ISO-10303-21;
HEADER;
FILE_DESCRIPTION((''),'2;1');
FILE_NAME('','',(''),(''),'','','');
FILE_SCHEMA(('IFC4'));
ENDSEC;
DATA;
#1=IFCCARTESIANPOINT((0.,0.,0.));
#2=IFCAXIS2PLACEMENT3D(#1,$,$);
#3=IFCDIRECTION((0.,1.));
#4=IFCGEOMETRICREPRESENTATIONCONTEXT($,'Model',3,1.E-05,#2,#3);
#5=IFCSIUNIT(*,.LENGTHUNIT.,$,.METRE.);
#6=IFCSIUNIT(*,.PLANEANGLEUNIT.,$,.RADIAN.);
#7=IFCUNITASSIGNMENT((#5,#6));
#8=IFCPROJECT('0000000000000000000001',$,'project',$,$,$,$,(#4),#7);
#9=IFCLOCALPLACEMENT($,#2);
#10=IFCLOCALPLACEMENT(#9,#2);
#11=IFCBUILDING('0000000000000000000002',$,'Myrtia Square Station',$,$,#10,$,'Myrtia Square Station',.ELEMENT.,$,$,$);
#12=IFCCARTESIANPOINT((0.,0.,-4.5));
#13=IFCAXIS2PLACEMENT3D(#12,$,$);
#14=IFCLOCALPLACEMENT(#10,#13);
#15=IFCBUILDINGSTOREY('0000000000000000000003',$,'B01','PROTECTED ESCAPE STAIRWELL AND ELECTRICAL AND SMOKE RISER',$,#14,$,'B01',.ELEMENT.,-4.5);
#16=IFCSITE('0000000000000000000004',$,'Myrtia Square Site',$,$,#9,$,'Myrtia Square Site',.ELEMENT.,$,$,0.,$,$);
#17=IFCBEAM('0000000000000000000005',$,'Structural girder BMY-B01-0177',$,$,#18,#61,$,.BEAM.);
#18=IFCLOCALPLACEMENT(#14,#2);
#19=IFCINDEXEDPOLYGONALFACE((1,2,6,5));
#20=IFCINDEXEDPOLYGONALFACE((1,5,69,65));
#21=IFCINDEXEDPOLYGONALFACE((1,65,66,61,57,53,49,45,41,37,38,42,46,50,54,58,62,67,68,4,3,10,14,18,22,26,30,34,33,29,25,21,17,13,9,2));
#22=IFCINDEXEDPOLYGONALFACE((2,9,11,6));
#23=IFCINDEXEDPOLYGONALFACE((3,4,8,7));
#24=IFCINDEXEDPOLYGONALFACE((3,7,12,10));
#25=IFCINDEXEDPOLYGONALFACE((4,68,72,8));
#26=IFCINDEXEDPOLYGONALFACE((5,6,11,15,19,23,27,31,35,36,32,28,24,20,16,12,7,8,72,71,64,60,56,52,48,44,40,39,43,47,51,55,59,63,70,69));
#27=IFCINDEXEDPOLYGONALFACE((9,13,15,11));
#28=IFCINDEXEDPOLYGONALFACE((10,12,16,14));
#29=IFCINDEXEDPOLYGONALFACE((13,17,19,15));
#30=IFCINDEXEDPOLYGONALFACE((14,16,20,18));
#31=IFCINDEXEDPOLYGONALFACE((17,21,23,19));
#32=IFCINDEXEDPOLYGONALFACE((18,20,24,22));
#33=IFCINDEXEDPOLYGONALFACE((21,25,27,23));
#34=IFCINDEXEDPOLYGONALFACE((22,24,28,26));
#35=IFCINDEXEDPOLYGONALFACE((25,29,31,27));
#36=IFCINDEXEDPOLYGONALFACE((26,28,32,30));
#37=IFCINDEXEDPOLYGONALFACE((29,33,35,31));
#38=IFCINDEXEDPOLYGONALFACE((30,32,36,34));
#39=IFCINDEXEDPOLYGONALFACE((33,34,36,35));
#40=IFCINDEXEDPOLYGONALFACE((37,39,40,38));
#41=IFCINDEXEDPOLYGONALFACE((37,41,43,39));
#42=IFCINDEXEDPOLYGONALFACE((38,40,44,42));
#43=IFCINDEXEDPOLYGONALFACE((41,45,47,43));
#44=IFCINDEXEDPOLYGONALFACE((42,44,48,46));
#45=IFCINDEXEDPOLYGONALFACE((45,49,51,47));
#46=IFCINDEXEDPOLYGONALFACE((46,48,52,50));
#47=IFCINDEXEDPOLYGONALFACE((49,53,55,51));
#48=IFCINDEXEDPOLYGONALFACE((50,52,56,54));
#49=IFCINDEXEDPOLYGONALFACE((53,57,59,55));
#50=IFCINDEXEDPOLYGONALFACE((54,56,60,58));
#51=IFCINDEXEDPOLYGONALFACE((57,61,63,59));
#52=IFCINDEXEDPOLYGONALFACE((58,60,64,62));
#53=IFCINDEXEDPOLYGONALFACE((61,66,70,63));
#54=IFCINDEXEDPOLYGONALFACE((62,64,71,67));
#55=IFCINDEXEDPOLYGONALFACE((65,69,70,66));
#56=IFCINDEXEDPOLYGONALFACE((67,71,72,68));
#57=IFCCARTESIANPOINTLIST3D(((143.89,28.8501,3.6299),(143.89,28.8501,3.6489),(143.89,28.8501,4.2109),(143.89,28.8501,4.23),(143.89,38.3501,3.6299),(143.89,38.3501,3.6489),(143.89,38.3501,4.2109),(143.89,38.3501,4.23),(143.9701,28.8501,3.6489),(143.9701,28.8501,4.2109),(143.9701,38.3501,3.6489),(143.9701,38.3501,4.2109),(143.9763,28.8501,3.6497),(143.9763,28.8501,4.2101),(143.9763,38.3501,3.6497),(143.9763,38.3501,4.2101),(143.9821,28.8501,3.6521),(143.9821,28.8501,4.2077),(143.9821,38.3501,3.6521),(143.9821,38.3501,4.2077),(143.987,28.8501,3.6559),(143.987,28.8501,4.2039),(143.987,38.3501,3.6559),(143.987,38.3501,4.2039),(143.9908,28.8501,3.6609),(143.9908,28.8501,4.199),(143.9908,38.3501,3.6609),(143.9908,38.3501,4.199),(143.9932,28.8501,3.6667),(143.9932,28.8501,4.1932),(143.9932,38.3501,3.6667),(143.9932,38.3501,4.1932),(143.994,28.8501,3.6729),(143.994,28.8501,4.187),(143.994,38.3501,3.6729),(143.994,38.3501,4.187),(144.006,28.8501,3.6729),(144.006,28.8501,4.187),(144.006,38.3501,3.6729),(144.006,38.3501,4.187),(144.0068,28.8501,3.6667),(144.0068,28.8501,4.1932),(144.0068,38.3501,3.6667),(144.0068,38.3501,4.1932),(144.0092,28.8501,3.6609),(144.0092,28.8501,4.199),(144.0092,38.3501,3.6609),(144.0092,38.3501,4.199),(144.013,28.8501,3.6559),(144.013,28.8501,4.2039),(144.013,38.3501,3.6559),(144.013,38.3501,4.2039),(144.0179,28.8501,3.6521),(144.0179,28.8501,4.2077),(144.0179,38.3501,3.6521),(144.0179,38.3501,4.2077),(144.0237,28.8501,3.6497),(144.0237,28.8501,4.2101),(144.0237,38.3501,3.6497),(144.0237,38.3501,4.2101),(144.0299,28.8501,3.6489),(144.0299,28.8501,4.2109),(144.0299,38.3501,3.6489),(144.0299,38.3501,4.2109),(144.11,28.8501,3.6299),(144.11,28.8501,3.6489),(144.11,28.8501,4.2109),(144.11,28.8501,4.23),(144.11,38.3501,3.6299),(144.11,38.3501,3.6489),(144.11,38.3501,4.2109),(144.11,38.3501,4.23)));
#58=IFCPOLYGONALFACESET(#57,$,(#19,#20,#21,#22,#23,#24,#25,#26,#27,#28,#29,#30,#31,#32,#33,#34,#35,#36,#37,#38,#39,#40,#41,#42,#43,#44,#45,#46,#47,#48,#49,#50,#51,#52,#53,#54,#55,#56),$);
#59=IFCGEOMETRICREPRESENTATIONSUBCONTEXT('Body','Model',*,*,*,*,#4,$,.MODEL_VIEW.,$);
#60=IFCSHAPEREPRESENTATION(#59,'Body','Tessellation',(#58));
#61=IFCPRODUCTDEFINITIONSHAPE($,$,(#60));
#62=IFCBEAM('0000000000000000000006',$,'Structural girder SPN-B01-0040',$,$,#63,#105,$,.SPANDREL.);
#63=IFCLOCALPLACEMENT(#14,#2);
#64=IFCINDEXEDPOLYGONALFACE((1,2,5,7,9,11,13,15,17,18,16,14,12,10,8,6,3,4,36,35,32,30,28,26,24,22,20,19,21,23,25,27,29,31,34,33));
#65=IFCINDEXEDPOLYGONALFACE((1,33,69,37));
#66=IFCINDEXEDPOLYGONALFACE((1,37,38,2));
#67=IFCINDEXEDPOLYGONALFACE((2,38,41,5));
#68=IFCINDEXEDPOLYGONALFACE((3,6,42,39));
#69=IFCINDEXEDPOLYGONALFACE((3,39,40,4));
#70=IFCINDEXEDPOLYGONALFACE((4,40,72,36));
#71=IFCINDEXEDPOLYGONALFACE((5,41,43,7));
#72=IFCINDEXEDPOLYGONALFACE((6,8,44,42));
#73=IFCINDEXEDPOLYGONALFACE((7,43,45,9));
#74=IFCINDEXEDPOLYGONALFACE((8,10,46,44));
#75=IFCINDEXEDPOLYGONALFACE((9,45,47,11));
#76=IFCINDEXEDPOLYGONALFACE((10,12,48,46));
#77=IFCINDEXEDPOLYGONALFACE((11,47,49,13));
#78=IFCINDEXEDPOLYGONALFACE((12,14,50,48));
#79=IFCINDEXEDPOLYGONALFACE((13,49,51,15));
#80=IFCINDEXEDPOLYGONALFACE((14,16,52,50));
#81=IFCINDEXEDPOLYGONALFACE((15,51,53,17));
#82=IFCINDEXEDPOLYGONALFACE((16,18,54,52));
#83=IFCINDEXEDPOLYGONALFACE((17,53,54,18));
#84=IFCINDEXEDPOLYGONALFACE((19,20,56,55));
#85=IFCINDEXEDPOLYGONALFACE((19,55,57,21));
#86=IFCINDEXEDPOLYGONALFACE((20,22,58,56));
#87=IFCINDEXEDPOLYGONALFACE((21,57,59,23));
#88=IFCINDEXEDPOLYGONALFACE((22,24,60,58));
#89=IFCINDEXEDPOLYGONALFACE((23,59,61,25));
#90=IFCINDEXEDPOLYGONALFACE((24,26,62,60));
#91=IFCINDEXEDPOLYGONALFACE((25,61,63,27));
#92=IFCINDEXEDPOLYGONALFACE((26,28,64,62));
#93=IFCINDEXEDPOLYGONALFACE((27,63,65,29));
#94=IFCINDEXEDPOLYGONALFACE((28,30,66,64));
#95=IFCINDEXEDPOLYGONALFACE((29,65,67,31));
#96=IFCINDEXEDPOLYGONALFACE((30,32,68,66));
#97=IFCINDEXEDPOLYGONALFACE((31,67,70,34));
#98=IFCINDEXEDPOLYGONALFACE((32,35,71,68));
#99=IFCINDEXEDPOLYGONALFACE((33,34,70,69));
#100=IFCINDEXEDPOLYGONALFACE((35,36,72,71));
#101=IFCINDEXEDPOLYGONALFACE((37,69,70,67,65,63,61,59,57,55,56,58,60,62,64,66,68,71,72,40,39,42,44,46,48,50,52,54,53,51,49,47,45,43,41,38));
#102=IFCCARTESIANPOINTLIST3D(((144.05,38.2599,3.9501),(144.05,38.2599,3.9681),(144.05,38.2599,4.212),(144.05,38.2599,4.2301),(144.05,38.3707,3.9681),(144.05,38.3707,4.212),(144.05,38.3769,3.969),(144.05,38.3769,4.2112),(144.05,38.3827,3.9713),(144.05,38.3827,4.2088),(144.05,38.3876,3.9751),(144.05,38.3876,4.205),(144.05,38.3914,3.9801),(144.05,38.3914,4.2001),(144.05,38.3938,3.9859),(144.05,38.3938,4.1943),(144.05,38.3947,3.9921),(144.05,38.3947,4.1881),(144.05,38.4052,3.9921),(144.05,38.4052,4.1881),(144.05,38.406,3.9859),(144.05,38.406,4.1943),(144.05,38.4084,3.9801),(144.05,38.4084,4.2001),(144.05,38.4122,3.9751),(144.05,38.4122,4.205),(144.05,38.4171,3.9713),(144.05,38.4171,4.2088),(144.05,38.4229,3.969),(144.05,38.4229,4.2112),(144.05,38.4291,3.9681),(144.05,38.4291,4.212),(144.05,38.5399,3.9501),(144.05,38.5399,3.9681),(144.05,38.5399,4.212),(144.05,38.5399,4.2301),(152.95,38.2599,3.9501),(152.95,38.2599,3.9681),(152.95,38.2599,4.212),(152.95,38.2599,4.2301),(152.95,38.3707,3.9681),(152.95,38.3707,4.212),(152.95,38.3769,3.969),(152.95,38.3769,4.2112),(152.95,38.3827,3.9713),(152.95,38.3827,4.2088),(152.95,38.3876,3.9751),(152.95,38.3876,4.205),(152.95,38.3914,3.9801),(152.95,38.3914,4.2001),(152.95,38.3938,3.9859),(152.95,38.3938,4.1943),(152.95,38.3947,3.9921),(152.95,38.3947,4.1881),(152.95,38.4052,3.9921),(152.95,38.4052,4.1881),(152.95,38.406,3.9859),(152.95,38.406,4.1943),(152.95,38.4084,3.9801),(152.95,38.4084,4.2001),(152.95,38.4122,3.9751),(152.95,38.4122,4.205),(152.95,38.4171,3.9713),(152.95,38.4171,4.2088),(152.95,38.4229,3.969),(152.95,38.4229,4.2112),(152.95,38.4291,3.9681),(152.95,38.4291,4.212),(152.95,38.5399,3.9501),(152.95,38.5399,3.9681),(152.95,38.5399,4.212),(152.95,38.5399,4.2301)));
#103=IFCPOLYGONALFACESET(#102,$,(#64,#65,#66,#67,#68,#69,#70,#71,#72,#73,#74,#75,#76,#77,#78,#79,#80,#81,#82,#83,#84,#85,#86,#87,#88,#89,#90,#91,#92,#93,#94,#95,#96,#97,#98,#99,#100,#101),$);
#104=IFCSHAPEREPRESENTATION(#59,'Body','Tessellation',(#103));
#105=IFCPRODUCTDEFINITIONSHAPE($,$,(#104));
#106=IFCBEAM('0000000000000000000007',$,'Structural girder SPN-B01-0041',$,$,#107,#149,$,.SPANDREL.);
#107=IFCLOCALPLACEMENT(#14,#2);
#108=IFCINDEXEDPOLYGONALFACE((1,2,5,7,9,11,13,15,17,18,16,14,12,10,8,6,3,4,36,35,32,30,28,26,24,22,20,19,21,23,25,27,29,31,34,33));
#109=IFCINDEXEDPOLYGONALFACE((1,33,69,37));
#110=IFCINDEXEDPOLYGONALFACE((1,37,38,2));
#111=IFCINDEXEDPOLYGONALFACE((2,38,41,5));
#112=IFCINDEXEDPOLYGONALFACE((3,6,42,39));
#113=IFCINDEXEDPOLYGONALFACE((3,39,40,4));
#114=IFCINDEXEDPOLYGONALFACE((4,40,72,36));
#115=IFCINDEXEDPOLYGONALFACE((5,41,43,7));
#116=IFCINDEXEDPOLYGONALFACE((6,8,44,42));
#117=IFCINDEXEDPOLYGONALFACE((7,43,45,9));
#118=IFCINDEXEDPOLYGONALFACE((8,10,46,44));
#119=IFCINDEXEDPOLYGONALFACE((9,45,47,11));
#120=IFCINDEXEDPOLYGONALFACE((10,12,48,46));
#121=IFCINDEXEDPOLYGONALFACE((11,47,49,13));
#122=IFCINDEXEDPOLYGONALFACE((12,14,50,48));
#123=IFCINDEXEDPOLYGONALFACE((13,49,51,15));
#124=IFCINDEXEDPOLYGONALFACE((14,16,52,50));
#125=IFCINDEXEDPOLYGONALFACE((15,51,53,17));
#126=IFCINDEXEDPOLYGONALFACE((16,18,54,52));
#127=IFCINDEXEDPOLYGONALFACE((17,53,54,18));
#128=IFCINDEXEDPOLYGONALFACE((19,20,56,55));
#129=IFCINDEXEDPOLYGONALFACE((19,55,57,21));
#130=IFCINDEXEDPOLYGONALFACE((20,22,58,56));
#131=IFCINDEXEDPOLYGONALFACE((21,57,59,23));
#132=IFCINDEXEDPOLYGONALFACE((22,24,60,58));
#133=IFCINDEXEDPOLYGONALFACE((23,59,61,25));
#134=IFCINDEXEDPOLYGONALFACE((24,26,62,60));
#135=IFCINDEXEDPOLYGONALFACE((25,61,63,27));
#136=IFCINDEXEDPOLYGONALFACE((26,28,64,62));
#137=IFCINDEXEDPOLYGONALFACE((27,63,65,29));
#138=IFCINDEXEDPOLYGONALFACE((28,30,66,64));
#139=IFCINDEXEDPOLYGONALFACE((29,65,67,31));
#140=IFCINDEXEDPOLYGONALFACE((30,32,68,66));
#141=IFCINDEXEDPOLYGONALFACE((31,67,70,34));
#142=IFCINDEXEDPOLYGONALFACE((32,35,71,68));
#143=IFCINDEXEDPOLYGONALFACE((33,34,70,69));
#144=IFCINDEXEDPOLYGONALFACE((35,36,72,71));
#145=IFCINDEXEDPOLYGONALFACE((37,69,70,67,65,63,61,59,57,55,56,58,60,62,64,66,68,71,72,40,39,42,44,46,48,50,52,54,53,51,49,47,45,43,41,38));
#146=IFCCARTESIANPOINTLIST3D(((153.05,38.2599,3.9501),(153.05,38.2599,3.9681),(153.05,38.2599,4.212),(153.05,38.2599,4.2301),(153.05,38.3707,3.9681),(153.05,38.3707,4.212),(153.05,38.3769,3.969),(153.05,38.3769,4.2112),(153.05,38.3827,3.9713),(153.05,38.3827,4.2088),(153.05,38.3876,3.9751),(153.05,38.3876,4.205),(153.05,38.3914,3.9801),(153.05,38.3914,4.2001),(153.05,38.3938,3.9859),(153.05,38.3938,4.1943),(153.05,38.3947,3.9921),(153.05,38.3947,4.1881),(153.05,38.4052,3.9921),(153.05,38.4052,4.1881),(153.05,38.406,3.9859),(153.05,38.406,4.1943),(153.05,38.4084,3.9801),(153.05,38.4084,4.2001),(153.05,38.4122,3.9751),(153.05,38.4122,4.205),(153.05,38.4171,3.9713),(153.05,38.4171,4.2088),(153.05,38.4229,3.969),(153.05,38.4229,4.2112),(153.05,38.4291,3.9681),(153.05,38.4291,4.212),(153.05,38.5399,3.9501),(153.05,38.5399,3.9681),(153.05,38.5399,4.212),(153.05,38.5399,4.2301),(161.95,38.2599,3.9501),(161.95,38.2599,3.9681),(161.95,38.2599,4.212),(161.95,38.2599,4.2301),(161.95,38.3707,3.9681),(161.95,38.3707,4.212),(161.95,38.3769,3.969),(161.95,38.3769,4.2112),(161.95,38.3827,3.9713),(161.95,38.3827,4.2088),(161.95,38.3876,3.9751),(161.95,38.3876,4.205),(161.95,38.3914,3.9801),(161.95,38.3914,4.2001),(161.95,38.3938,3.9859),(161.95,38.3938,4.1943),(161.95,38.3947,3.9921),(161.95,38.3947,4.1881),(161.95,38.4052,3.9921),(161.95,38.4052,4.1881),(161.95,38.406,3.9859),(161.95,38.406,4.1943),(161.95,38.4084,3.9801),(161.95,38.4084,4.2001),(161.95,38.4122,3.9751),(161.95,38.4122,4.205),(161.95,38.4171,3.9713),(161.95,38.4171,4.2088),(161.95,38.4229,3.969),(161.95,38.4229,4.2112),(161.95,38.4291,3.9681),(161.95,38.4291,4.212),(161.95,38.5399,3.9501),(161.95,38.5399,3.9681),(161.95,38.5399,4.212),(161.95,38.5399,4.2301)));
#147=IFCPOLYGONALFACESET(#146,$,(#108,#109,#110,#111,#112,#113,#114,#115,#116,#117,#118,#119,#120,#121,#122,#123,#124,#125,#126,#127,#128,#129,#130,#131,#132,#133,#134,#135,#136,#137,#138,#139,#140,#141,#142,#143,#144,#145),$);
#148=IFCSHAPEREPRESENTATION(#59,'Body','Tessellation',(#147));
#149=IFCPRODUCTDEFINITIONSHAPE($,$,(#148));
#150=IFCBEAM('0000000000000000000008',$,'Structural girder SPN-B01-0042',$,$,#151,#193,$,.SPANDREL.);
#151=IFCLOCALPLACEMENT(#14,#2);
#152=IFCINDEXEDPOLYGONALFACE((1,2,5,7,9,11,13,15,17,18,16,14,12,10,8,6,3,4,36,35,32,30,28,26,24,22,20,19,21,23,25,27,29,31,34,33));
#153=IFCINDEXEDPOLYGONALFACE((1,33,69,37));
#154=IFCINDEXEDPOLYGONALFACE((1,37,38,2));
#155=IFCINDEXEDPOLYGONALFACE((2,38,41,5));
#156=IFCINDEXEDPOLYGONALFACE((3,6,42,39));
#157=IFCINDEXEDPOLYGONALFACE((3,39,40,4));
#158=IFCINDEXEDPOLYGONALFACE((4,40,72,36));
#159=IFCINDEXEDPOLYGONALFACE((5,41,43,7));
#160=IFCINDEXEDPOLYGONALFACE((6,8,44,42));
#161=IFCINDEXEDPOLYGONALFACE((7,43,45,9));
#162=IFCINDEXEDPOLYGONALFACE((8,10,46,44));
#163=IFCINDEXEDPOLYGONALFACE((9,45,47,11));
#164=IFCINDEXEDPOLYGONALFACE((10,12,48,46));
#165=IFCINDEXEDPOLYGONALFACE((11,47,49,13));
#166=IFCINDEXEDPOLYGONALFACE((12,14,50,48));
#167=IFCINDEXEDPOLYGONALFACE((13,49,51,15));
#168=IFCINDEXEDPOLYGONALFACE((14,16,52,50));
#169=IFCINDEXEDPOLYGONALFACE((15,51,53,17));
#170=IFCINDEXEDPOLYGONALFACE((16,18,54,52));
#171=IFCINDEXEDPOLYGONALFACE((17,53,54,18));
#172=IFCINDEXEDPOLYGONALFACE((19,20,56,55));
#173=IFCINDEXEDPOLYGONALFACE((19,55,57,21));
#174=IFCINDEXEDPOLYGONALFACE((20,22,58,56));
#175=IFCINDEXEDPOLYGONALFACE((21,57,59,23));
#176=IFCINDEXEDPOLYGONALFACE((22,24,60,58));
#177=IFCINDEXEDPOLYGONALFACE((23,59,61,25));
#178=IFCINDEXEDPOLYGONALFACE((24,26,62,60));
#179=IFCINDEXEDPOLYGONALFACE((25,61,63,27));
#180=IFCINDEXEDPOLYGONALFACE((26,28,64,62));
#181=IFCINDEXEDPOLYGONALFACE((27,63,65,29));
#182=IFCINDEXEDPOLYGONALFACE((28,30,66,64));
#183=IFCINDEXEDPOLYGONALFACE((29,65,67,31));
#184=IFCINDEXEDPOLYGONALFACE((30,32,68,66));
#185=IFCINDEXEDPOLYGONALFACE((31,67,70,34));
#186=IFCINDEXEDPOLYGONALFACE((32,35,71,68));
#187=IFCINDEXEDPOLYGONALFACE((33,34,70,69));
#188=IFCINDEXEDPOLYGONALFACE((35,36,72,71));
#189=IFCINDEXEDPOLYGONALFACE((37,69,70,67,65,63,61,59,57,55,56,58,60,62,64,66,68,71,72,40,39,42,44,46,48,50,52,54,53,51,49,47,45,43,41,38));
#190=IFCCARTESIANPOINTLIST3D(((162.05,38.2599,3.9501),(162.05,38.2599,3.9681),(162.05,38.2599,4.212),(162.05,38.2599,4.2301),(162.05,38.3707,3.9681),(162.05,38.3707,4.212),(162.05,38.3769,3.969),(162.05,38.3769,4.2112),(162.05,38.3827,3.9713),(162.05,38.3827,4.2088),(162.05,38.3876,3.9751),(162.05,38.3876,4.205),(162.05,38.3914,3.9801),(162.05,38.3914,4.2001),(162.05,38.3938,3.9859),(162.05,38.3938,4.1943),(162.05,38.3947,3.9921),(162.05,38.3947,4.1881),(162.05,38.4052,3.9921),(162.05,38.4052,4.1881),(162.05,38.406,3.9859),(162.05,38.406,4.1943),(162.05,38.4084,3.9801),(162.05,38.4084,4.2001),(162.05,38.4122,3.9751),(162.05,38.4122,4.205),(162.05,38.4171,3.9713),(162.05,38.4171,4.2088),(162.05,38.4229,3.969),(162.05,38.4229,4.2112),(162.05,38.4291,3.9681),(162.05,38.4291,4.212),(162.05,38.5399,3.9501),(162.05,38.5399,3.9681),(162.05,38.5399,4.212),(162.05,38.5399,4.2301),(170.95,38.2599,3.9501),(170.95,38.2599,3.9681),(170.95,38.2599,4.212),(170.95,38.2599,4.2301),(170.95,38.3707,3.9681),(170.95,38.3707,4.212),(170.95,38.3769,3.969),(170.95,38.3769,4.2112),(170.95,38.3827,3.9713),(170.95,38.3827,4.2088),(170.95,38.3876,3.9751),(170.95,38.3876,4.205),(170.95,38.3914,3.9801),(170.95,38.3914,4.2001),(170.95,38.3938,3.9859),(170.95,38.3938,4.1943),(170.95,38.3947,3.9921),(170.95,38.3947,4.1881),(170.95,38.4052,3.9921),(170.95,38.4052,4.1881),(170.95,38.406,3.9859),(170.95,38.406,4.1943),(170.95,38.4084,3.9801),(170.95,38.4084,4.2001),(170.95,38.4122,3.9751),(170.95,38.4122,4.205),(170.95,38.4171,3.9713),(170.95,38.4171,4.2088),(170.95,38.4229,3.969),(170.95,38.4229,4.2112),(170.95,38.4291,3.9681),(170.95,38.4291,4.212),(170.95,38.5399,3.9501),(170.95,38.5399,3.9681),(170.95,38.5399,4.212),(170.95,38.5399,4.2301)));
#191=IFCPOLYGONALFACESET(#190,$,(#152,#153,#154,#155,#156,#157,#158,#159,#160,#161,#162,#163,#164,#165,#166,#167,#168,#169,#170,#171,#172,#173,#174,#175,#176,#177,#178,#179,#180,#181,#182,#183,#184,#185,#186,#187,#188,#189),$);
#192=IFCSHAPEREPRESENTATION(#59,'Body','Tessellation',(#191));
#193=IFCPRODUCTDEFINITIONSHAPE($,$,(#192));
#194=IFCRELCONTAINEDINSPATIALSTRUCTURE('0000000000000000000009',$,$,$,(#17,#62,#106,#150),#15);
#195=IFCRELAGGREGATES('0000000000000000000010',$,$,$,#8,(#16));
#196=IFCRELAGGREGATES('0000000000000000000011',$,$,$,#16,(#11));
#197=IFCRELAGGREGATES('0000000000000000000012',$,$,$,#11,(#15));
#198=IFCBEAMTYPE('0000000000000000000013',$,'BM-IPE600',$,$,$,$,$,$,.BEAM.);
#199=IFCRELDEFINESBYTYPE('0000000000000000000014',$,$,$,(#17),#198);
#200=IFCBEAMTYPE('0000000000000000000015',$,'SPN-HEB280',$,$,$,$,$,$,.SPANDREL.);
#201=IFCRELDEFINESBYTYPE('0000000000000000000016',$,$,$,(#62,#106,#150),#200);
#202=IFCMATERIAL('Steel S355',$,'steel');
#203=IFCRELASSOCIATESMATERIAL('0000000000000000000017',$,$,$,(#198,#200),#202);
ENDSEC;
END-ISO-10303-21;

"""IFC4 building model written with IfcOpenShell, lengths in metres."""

from ifc_helpers import new_model, si_unit, direction, frame, origin, origin_2d, place, context, subcontext, project, spatial, i_section, extrude, material, material_profile, profile_set, type_object, element, save


model = new_model("IFC4")

# Units and contexts
model_context = context("Model", 3, precision=1e-05, world=origin(), true_north=direction((0.0, 1.0)))
body_context = subcontext(model_context, "Body", "Model", "MODEL_VIEW")
ifc_project = project(units=[si_unit("LENGTHUNIT", "METRE"), si_unit("PLANEANGLEUNIT", "RADIAN")], contexts=[model_context])

# Site, building, storey
site_placement = place(None, origin())
site = spatial("IfcSite", under=ifc_project, at=site_placement, Name="Myrtia Square Site", LongName="Myrtia Square Site", CompositionType="ELEMENT", RefElevation=0.0)
building_placement = place(site_placement, origin())
building = spatial("IfcBuilding", under=site, at=building_placement, Name="Myrtia Square Station", LongName="Myrtia Square Station", CompositionType="ELEMENT")
storey_placement = place(building_placement, frame((0.0, 0.0, -4.5)))
storey = spatial("IfcBuildingStorey", under=building, at=storey_placement, Name="B01", Description="PROTECTED ESCAPE STAIRWELL AND ELECTRICAL AND SMOKE RISER", LongName="B01", CompositionType="ELEMENT", Elevation=-4.5)

# Shared definitions
ifc_material_1 = material(Name="Steel S355", Category="steel")

# Beams
ifc_material_profile_1 = material_profile(ifc_material_1, i_section(OverallWidth=0.22, OverallDepth=0.6001, WebThickness=0.012, FlangeThickness=0.019, FilletRadius=0.0239, at=origin_2d()), Name="IPE 600")
ifc_profile_set_1 = profile_set([ifc_material_profile_1], Name="Steel S355")
beam_type_1 = type_object("IfcBeamType", Name="BM-IPE600", PredefinedType="BEAM", material=ifc_profile_set_1)
beam_1_placement = place(storey_placement, frame((144.0, 28.8501, 3.9299), z_axis=(0.0, 1.0, 0.0), x_axis=(-1.0, 0.0, 0.0)))
element("IfcBeam", 1, at=beam_1_placement, inside=storey, type_object=beam_type_1, Name="Structural girder BMY-B01-0177", PredefinedType="BEAM", context=body_context, shape_type="SweptSolid", body=[
    extrude(i_section(OverallWidth=0.22, OverallDepth=0.6001, WebThickness=0.012, FlangeThickness=0.019, FilletRadius=0.0239, at=origin_2d()), origin(), (0.0, 0.0, 1.0), 9.5),
])
ifc_material_profile_2 = material_profile(ifc_material_1, i_section(OverallWidth=0.28, OverallDepth=0.28, WebThickness=0.0105, FlangeThickness=0.0181, FilletRadius=0.0239, at=origin_2d()), Name="HEB 280")
ifc_profile_set_2 = profile_set([ifc_material_profile_2], Name="Steel S355")
beam_type_2 = type_object("IfcBeamType", Name="SPN-HEB280", PredefinedType="SPANDREL", material=ifc_profile_set_2)
for number, where, z_axis, x_axis, name in (
    (2, (144.05, 38.3999, 4.0901), (1.0, 0.0, 0.0), (0.0, 1.0, 0.0), "Structural girder SPN-B01-0040"),
    (3, (153.05, 38.3999, 4.0901), (1.0, 0.0, 0.0), (0.0, 1.0, 0.0), "Structural girder SPN-B01-0041"),
    (4, (162.05, 38.3999, 4.0901), (1.0, 0.0, 0.0), (0.0, 1.0, 0.0), "Structural girder SPN-B01-0042"),
):
    element("IfcBeam", number, at=place(storey_placement, frame(where, z_axis=z_axis, x_axis=x_axis)), inside=storey, type_object=beam_type_2, Name=name, PredefinedType="SPANDREL", context=body_context, shape_type="SweptSolid", body=[
        extrude(i_section(OverallWidth=0.28, OverallDepth=0.28, WebThickness=0.0105, FlangeThickness=0.0181, FilletRadius=0.0239, at=origin_2d()), origin(), (0.0, 0.0, 1.0), 8.8999),
    ])

save(model, "model.ifc")
